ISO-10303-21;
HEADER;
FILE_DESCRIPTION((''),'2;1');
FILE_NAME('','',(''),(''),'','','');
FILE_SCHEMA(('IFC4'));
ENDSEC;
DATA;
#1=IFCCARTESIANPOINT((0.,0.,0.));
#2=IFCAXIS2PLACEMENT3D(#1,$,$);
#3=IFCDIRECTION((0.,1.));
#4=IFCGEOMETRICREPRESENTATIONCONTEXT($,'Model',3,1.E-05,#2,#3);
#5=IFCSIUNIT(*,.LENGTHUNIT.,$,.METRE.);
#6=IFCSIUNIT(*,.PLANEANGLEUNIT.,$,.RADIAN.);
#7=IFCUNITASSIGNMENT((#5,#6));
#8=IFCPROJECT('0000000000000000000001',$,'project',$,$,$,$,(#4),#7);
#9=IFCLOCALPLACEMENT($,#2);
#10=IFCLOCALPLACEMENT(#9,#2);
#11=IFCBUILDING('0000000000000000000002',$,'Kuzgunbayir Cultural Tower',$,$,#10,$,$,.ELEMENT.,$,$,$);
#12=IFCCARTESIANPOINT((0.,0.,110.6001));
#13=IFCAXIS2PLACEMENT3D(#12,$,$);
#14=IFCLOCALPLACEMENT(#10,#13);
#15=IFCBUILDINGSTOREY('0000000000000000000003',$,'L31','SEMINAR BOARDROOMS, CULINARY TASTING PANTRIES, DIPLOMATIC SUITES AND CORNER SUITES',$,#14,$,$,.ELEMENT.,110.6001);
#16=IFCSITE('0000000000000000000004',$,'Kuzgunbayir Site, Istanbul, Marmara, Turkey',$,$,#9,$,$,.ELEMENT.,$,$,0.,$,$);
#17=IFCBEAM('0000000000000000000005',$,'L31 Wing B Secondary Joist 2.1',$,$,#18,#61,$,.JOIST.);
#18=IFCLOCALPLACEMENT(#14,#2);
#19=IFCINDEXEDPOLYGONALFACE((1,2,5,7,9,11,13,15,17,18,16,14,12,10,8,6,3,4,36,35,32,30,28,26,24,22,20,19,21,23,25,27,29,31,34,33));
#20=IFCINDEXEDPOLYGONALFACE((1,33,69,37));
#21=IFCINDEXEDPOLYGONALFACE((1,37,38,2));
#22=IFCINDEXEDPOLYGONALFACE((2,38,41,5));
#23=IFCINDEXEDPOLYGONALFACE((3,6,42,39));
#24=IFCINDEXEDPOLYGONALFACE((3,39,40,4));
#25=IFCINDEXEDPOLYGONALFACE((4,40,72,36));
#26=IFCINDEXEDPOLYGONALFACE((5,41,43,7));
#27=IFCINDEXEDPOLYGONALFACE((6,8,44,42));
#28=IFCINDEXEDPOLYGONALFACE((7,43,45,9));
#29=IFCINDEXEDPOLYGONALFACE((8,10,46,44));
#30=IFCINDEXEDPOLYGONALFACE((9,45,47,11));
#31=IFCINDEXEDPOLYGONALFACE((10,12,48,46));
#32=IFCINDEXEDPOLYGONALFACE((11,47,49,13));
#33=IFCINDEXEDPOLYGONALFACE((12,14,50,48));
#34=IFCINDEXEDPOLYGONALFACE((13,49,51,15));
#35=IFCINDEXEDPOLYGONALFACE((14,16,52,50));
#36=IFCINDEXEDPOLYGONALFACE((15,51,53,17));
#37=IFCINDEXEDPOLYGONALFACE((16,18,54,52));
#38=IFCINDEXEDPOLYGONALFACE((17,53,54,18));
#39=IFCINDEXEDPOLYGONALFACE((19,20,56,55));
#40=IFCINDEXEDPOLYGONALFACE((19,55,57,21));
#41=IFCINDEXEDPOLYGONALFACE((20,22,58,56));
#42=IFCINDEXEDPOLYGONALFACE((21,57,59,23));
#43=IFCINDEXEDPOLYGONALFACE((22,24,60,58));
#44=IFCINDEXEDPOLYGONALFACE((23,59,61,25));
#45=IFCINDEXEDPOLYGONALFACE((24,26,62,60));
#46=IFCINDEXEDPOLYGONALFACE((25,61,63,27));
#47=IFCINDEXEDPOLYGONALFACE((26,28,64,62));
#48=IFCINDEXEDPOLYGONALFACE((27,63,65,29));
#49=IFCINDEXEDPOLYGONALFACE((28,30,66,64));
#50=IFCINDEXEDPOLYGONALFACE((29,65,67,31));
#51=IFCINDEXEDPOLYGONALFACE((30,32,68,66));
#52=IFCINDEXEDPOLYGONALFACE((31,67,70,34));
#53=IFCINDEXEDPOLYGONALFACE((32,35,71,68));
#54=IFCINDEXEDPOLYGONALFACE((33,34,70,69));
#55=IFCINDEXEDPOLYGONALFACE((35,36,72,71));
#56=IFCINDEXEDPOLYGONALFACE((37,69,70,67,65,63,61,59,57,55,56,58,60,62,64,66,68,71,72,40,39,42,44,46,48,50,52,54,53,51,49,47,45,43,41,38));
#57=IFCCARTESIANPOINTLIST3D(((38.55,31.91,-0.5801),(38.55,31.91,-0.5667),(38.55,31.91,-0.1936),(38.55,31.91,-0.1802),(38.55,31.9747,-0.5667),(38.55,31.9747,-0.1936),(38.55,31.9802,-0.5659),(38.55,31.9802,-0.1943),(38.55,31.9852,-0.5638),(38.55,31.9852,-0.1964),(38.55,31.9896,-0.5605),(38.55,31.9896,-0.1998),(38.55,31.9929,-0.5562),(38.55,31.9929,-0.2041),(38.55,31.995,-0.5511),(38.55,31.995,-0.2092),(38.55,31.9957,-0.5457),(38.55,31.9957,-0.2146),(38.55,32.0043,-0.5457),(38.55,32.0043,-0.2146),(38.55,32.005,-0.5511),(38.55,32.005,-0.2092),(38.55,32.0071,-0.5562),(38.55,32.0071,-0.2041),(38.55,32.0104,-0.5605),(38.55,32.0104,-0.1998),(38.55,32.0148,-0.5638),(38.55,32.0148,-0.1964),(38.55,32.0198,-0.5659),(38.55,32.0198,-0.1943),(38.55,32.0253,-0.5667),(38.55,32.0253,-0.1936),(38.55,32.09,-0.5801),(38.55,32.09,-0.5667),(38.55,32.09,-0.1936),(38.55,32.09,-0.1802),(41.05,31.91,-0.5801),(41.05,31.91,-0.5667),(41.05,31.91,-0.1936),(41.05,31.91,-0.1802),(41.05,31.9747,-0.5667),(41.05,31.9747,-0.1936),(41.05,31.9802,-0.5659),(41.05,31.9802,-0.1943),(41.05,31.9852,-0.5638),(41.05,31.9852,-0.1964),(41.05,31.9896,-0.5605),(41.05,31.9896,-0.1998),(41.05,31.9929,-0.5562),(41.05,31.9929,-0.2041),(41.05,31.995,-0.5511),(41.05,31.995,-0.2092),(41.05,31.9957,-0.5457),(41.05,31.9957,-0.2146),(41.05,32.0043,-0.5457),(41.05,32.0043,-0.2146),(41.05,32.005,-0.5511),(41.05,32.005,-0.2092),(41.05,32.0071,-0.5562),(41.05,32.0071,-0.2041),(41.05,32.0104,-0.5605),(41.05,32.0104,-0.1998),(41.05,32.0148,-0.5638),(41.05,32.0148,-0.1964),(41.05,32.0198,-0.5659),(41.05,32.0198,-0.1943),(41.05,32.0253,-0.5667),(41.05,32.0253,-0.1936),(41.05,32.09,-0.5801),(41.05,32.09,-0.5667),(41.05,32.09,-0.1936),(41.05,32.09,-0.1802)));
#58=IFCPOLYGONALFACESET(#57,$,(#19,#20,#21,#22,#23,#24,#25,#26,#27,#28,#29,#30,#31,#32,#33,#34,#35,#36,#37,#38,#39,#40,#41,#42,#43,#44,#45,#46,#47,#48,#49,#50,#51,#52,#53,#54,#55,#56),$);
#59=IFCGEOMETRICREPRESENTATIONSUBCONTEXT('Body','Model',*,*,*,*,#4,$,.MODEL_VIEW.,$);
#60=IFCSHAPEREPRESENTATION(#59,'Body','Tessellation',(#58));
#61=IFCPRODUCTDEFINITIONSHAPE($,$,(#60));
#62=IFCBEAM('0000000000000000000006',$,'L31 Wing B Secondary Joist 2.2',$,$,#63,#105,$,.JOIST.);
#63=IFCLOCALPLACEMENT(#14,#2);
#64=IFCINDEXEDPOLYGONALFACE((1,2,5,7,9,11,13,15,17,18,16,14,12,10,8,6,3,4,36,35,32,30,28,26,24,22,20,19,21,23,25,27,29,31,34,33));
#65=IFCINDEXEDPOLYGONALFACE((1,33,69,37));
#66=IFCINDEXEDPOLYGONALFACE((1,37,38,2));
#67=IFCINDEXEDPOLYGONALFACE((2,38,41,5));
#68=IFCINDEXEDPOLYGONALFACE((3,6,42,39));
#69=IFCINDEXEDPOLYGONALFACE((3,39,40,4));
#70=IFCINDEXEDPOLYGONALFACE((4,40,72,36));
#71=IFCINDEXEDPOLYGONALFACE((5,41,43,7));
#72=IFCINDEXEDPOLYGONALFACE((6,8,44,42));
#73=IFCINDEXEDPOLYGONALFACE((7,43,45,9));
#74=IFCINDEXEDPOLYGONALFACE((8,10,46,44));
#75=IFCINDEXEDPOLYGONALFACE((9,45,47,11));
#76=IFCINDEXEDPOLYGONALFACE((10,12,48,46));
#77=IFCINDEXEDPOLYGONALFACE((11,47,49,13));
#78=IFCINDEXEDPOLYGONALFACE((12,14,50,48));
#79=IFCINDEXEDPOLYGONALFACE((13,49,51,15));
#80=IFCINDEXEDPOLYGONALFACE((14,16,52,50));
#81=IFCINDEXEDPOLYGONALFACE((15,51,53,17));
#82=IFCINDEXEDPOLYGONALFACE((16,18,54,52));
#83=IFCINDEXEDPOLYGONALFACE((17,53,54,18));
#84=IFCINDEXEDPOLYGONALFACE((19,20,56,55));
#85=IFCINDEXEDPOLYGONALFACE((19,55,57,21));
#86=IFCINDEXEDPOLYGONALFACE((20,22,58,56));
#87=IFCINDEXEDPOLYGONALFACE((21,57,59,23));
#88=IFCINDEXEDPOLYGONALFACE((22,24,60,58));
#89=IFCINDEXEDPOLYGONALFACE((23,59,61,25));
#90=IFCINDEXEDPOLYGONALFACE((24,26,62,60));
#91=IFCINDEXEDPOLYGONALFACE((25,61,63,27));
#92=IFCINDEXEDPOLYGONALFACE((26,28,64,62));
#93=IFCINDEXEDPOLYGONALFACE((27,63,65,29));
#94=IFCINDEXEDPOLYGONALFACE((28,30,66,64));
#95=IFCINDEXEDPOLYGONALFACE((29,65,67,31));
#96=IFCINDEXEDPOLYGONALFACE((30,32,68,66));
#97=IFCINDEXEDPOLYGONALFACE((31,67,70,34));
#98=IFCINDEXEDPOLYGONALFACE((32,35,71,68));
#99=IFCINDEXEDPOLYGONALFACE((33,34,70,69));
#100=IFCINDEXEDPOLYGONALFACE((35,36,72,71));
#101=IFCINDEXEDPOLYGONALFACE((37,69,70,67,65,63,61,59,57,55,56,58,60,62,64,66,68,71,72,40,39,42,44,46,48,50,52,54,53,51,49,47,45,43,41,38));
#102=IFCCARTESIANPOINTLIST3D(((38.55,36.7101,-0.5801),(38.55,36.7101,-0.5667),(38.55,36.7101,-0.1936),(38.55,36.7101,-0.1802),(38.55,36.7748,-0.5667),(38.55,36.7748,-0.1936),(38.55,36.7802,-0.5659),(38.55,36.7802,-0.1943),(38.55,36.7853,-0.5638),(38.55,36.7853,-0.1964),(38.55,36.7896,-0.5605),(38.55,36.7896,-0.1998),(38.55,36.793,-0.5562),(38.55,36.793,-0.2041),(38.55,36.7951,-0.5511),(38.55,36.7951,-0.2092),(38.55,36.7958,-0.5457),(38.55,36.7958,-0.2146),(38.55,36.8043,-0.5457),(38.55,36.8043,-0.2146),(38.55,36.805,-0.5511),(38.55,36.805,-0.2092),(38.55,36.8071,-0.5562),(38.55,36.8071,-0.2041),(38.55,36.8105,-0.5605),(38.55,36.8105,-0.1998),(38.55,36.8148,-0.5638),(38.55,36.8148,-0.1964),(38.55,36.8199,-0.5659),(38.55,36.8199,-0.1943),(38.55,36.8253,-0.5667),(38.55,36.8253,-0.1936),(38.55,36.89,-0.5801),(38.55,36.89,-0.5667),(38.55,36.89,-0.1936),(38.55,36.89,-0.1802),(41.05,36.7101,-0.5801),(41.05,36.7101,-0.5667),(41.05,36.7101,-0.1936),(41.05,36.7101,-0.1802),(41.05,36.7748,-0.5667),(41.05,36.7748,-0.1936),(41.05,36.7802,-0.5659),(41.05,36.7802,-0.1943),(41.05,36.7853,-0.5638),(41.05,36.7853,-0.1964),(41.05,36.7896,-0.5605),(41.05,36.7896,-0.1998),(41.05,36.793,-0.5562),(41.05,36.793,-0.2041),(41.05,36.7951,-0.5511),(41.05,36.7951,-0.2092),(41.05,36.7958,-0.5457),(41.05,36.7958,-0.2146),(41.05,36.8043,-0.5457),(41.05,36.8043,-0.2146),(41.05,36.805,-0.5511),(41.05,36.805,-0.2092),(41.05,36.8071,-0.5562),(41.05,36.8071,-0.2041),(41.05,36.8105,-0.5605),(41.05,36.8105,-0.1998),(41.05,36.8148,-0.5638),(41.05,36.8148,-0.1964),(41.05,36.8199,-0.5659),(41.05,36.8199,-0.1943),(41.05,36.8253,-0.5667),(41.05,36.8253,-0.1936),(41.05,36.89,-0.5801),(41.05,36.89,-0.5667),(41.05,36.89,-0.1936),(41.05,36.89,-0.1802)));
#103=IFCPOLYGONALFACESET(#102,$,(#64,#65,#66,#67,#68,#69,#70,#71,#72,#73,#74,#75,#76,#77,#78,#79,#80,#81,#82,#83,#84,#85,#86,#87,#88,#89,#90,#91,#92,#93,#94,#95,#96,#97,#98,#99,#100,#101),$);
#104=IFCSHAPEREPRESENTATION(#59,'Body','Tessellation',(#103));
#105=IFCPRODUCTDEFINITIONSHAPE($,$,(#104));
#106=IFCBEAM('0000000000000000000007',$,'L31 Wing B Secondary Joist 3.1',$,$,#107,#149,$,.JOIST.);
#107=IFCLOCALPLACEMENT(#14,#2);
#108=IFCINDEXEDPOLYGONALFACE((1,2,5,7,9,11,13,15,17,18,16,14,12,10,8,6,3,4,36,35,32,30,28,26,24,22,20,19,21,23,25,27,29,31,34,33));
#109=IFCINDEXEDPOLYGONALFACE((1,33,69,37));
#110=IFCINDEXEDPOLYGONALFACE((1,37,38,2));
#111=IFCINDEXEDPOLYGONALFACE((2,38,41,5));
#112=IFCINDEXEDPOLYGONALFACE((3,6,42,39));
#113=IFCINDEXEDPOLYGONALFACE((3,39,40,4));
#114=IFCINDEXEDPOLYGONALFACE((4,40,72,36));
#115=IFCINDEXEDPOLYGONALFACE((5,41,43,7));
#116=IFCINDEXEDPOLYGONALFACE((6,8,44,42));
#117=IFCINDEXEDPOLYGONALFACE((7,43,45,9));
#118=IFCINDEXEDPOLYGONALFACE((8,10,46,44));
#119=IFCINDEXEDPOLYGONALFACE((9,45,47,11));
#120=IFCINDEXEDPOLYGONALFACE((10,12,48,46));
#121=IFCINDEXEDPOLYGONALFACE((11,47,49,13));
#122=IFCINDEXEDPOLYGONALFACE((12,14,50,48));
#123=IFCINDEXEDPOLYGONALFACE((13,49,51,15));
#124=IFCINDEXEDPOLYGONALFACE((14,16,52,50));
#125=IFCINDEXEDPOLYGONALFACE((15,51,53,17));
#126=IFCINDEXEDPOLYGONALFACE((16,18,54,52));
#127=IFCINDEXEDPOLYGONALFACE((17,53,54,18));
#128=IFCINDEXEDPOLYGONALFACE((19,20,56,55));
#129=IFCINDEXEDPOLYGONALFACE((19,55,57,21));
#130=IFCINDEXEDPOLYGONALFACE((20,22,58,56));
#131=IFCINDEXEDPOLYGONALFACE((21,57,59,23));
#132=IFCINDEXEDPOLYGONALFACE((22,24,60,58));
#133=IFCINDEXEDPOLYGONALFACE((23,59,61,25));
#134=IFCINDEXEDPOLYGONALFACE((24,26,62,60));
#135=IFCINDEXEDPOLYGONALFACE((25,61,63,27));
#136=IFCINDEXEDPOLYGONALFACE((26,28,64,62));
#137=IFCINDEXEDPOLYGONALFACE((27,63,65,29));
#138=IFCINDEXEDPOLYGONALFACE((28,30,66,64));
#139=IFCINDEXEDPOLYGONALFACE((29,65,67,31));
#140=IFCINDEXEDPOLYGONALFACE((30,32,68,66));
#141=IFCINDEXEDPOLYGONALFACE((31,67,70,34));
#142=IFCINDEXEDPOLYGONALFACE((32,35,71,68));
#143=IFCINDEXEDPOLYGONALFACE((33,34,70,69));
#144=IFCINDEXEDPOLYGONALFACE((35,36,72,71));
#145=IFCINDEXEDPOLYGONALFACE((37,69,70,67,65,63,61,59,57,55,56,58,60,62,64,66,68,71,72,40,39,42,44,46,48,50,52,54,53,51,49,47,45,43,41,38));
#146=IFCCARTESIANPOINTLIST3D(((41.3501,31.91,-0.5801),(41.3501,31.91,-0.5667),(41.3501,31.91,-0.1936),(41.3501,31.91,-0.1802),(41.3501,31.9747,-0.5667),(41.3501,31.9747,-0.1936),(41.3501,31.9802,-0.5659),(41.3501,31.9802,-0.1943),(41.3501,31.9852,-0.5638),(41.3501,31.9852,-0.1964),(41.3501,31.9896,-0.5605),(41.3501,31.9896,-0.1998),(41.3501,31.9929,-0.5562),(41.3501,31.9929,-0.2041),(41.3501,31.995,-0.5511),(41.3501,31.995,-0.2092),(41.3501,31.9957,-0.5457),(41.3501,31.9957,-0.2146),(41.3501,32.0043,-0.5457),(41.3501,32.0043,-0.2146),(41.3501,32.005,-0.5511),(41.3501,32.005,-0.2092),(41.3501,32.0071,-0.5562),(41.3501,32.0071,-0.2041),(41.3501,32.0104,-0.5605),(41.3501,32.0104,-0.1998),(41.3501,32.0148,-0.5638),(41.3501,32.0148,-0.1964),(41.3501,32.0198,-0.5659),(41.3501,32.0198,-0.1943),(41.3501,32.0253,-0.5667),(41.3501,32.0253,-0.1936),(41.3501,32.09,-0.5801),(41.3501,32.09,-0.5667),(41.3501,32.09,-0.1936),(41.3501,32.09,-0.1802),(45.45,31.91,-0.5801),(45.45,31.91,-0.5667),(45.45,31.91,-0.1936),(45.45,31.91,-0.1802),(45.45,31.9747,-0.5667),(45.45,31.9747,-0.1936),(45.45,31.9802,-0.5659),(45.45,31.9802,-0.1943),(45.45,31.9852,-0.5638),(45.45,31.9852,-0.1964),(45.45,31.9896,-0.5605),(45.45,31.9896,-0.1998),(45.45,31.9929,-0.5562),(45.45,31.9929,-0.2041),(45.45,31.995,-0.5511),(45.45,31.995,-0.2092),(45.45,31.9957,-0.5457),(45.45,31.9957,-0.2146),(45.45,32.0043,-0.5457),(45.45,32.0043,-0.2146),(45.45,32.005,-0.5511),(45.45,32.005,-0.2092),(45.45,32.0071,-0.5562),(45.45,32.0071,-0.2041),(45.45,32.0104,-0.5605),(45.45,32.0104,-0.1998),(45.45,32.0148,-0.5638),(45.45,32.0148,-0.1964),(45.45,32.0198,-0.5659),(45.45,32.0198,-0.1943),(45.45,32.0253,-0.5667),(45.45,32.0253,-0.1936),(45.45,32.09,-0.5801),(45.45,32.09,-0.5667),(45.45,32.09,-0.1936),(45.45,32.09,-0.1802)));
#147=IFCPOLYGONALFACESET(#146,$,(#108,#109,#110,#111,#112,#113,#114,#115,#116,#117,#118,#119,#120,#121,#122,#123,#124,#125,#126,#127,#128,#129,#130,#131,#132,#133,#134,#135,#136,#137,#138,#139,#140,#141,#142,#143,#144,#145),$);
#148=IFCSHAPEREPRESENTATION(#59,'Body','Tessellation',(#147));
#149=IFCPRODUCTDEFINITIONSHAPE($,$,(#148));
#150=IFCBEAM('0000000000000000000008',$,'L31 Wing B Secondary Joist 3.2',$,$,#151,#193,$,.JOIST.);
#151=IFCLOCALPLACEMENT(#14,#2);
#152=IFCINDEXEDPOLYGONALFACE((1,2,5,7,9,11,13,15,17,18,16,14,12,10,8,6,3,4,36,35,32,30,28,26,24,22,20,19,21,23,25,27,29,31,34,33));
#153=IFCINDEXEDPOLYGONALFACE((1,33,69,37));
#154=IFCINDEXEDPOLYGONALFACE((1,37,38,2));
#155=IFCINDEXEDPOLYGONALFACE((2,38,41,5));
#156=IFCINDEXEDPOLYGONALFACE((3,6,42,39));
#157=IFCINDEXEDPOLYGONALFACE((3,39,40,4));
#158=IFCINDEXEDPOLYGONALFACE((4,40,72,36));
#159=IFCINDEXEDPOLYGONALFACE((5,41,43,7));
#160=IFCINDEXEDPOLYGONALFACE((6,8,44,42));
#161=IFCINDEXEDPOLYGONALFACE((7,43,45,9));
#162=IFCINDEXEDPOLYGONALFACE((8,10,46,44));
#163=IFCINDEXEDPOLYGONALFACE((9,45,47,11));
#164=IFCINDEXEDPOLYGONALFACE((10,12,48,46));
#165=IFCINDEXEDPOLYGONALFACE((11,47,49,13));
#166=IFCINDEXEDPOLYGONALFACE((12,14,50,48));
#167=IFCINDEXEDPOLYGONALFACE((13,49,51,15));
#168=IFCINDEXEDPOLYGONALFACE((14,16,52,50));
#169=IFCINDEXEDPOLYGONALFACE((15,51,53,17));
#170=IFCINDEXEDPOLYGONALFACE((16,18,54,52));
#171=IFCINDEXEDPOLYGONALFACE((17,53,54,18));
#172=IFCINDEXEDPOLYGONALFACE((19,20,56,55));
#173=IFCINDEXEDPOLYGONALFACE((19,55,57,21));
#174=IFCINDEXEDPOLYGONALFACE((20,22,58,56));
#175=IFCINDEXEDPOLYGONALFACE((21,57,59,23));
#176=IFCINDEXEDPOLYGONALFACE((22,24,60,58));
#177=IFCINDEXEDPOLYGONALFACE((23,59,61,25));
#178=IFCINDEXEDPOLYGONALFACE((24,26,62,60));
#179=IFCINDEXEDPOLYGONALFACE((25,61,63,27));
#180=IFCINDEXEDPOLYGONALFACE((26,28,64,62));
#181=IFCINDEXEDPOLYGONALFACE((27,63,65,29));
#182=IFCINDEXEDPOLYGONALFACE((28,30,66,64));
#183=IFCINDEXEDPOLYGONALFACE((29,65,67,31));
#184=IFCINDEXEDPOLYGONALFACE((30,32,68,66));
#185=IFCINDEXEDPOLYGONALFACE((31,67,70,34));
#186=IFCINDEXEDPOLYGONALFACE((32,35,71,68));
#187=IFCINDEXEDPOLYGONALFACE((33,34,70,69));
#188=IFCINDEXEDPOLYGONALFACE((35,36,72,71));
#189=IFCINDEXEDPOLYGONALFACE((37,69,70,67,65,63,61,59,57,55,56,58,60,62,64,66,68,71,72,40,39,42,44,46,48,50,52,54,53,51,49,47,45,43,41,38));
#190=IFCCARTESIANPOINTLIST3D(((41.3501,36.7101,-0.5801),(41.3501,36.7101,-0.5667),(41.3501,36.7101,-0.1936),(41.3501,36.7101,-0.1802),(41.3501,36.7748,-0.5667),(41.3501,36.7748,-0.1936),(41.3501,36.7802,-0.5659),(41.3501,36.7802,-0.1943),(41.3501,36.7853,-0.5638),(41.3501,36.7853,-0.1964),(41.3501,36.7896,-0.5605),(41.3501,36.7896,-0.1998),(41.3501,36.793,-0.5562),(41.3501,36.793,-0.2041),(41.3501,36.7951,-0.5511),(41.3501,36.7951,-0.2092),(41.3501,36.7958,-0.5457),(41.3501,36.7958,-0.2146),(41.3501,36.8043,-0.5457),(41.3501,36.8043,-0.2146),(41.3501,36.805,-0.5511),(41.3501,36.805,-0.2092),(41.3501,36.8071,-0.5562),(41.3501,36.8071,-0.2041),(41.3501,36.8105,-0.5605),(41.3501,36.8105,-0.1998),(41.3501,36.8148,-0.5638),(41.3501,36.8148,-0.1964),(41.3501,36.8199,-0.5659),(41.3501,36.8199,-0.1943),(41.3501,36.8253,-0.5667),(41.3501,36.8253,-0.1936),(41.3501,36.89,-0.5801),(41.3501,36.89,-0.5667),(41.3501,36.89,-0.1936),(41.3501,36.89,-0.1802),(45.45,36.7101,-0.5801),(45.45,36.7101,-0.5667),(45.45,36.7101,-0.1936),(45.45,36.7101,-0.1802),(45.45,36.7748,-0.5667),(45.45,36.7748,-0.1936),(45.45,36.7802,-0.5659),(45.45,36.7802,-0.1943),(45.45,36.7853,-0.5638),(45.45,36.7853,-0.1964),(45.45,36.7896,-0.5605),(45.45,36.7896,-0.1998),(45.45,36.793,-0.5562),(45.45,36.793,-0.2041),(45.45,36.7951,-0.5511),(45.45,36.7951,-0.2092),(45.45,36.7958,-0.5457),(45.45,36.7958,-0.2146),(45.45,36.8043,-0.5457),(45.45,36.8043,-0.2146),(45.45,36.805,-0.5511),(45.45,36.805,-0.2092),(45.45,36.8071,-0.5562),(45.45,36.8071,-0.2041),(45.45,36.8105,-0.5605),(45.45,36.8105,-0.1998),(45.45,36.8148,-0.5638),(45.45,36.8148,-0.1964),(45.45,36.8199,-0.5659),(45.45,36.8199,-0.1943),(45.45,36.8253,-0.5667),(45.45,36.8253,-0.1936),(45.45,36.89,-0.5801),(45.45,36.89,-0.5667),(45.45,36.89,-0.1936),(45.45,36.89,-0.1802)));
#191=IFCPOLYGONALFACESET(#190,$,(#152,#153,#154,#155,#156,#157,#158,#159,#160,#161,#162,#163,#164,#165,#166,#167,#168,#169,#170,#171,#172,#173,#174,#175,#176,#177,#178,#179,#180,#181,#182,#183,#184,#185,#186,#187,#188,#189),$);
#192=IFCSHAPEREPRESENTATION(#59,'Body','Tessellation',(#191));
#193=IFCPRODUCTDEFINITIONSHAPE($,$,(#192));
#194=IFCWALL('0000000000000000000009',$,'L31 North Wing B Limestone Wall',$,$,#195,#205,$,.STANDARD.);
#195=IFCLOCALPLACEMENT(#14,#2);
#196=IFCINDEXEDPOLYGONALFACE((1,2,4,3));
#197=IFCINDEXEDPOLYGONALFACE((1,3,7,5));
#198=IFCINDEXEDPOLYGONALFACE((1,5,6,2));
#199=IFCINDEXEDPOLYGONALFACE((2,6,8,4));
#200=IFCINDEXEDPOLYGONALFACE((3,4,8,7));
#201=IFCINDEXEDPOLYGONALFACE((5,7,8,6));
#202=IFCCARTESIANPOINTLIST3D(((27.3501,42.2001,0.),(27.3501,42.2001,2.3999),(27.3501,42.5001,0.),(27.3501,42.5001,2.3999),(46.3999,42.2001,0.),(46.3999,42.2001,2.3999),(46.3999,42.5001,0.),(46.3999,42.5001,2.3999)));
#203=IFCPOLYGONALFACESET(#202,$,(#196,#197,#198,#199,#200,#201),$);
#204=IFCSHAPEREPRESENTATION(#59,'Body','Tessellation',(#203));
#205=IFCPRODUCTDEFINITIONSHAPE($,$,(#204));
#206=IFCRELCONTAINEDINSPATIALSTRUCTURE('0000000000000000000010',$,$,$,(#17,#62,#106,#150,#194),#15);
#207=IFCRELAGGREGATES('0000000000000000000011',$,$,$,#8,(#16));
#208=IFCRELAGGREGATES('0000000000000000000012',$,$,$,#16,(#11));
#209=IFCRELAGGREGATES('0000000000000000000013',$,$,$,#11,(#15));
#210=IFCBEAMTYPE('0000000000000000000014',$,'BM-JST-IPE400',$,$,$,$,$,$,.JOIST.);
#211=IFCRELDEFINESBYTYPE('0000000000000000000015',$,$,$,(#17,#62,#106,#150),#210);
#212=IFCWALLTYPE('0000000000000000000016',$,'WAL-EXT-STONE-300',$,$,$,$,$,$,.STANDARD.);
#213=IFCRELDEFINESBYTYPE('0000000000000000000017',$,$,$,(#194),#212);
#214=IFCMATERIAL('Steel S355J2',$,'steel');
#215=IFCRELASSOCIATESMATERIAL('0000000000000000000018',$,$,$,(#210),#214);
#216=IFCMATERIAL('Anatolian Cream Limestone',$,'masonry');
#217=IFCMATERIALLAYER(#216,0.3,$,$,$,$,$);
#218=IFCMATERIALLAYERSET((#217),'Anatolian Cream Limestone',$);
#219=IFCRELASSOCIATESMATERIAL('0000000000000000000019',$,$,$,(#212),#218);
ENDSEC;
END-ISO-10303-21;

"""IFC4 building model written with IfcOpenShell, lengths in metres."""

from ifc_helpers import new_model, si_unit, direction, frame, frame_2d, origin, origin_2d, place, context, subcontext, project, spatial, rectangle, i_section, extrude, material, layer, layer_set, material_profile, profile_set, type_object, element, save


model = new_model("IFC4")

# Units and contexts
model_context = context("Model", 3, precision=1e-05, world=origin(), true_north=direction((0.0, 1.0)))
body_context = subcontext(model_context, "Body", "Model", "MODEL_VIEW")
ifc_project = project(units=[si_unit("LENGTHUNIT", "METRE"), si_unit("PLANEANGLEUNIT", "RADIAN")], contexts=[model_context])

# Site, building, storey
site_placement = place(None, origin())
site = spatial("IfcSite", under=ifc_project, at=site_placement, Name="Kuzgunbayir Site, Istanbul, Marmara, Turkey", CompositionType="ELEMENT", RefElevation=0.0)
building_placement = place(site_placement, origin())
building = spatial("IfcBuilding", under=site, at=building_placement, Name="Kuzgunbayir Cultural Tower", CompositionType="ELEMENT")
storey_placement = place(building_placement, frame((0.0, 0.0, 110.6001)))
storey = spatial("IfcBuildingStorey", under=building, at=storey_placement, Name="L31", Description="SEMINAR BOARDROOMS, CULINARY TASTING PANTRIES, DIPLOMATIC SUITES AND CORNER SUITES", CompositionType="ELEMENT", Elevation=110.6001)

# Beams
ifc_material_1 = material(Name="Steel S355J2", Category="steel")
ifc_material_profile_1 = material_profile(ifc_material_1, i_section(OverallWidth=0.1799, OverallDepth=0.3999, WebThickness=0.0085, FlangeThickness=0.0134, FilletRadius=0.021, at=origin_2d()), Name="IPE 400")
ifc_profile_set_1 = profile_set([ifc_material_profile_1], Name="Steel S355J2")
beam_type_1 = type_object("IfcBeamType", Name="BM-JST-IPE400", PredefinedType="JOIST", material=ifc_profile_set_1)
for number, where, z_axis, x_axis, name in (
    (1, (38.55, 32.0, -0.3801), (1.0, 0.0, 0.0), (0.0, 1.0, 0.0), "L31 Wing B Secondary Joist 2.1"),
    (2, (38.55, 36.8, -0.3801), (1.0, 0.0, 0.0), (0.0, 1.0, 0.0), "L31 Wing B Secondary Joist 2.2"),
):
    element("IfcBeam", number, at=place(storey_placement, frame(where, z_axis=z_axis, x_axis=x_axis)), inside=storey, type_object=beam_type_1, Name=name, PredefinedType="JOIST", context=body_context, shape_type="SweptSolid", body=[
        extrude(i_section(OverallWidth=0.1799, OverallDepth=0.3999, WebThickness=0.0085, FlangeThickness=0.0134, FilletRadius=0.021, at=origin_2d()), origin(), (0.0, 0.0, 1.0), 2.5),
    ])
for number, where, z_axis, x_axis, name in (
    (3, (41.3501, 32.0, -0.3801), (1.0, 0.0, 0.0), (0.0, 1.0, 0.0), "L31 Wing B Secondary Joist 3.1"),
    (4, (41.3501, 36.8, -0.3801), (1.0, 0.0, 0.0), (0.0, 1.0, 0.0), "L31 Wing B Secondary Joist 3.2"),
):
    element("IfcBeam", number, at=place(storey_placement, frame(where, z_axis=z_axis, x_axis=x_axis)), inside=storey, type_object=beam_type_1, Name=name, PredefinedType="JOIST", context=body_context, shape_type="SweptSolid", body=[
        extrude(i_section(OverallWidth=0.1799, OverallDepth=0.3999, WebThickness=0.0085, FlangeThickness=0.0134, FilletRadius=0.021, at=origin_2d()), origin(), (0.0, 0.0, 1.0), 4.0999),
    ])

# Wall
ifc_material_2 = material(Name="Anatolian Cream Limestone", Category="masonry")
ifc_layer_1 = layer(ifc_material_2, 0.3)
ifc_layer_set_1 = layer_set([ifc_layer_1], Name="Anatolian Cream Limestone")
wall_type_1 = type_object("IfcWallType", Name="WAL-EXT-STONE-300", PredefinedType="STANDARD", material=ifc_layer_set_1)
wall_1_placement = place(storey_placement, frame((46.3999, 42.3501, 0.0), z_axis=(0.0, 0.0, 1.0), x_axis=(-1.0, 0.0, 0.0)))
element("IfcWall", 5, at=wall_1_placement, inside=storey, type_object=wall_type_1, Name="L31 North Wing B Limestone Wall", PredefinedType="STANDARD", context=body_context, shape_type="SweptSolid", body=[
    extrude(rectangle(XDim=19.0498, YDim=0.3, at=frame_2d((9.5249, 0.0))), origin(), (0.0, 0.0, 1.0), 2.3999),
])

save(model, "model.ifc")
